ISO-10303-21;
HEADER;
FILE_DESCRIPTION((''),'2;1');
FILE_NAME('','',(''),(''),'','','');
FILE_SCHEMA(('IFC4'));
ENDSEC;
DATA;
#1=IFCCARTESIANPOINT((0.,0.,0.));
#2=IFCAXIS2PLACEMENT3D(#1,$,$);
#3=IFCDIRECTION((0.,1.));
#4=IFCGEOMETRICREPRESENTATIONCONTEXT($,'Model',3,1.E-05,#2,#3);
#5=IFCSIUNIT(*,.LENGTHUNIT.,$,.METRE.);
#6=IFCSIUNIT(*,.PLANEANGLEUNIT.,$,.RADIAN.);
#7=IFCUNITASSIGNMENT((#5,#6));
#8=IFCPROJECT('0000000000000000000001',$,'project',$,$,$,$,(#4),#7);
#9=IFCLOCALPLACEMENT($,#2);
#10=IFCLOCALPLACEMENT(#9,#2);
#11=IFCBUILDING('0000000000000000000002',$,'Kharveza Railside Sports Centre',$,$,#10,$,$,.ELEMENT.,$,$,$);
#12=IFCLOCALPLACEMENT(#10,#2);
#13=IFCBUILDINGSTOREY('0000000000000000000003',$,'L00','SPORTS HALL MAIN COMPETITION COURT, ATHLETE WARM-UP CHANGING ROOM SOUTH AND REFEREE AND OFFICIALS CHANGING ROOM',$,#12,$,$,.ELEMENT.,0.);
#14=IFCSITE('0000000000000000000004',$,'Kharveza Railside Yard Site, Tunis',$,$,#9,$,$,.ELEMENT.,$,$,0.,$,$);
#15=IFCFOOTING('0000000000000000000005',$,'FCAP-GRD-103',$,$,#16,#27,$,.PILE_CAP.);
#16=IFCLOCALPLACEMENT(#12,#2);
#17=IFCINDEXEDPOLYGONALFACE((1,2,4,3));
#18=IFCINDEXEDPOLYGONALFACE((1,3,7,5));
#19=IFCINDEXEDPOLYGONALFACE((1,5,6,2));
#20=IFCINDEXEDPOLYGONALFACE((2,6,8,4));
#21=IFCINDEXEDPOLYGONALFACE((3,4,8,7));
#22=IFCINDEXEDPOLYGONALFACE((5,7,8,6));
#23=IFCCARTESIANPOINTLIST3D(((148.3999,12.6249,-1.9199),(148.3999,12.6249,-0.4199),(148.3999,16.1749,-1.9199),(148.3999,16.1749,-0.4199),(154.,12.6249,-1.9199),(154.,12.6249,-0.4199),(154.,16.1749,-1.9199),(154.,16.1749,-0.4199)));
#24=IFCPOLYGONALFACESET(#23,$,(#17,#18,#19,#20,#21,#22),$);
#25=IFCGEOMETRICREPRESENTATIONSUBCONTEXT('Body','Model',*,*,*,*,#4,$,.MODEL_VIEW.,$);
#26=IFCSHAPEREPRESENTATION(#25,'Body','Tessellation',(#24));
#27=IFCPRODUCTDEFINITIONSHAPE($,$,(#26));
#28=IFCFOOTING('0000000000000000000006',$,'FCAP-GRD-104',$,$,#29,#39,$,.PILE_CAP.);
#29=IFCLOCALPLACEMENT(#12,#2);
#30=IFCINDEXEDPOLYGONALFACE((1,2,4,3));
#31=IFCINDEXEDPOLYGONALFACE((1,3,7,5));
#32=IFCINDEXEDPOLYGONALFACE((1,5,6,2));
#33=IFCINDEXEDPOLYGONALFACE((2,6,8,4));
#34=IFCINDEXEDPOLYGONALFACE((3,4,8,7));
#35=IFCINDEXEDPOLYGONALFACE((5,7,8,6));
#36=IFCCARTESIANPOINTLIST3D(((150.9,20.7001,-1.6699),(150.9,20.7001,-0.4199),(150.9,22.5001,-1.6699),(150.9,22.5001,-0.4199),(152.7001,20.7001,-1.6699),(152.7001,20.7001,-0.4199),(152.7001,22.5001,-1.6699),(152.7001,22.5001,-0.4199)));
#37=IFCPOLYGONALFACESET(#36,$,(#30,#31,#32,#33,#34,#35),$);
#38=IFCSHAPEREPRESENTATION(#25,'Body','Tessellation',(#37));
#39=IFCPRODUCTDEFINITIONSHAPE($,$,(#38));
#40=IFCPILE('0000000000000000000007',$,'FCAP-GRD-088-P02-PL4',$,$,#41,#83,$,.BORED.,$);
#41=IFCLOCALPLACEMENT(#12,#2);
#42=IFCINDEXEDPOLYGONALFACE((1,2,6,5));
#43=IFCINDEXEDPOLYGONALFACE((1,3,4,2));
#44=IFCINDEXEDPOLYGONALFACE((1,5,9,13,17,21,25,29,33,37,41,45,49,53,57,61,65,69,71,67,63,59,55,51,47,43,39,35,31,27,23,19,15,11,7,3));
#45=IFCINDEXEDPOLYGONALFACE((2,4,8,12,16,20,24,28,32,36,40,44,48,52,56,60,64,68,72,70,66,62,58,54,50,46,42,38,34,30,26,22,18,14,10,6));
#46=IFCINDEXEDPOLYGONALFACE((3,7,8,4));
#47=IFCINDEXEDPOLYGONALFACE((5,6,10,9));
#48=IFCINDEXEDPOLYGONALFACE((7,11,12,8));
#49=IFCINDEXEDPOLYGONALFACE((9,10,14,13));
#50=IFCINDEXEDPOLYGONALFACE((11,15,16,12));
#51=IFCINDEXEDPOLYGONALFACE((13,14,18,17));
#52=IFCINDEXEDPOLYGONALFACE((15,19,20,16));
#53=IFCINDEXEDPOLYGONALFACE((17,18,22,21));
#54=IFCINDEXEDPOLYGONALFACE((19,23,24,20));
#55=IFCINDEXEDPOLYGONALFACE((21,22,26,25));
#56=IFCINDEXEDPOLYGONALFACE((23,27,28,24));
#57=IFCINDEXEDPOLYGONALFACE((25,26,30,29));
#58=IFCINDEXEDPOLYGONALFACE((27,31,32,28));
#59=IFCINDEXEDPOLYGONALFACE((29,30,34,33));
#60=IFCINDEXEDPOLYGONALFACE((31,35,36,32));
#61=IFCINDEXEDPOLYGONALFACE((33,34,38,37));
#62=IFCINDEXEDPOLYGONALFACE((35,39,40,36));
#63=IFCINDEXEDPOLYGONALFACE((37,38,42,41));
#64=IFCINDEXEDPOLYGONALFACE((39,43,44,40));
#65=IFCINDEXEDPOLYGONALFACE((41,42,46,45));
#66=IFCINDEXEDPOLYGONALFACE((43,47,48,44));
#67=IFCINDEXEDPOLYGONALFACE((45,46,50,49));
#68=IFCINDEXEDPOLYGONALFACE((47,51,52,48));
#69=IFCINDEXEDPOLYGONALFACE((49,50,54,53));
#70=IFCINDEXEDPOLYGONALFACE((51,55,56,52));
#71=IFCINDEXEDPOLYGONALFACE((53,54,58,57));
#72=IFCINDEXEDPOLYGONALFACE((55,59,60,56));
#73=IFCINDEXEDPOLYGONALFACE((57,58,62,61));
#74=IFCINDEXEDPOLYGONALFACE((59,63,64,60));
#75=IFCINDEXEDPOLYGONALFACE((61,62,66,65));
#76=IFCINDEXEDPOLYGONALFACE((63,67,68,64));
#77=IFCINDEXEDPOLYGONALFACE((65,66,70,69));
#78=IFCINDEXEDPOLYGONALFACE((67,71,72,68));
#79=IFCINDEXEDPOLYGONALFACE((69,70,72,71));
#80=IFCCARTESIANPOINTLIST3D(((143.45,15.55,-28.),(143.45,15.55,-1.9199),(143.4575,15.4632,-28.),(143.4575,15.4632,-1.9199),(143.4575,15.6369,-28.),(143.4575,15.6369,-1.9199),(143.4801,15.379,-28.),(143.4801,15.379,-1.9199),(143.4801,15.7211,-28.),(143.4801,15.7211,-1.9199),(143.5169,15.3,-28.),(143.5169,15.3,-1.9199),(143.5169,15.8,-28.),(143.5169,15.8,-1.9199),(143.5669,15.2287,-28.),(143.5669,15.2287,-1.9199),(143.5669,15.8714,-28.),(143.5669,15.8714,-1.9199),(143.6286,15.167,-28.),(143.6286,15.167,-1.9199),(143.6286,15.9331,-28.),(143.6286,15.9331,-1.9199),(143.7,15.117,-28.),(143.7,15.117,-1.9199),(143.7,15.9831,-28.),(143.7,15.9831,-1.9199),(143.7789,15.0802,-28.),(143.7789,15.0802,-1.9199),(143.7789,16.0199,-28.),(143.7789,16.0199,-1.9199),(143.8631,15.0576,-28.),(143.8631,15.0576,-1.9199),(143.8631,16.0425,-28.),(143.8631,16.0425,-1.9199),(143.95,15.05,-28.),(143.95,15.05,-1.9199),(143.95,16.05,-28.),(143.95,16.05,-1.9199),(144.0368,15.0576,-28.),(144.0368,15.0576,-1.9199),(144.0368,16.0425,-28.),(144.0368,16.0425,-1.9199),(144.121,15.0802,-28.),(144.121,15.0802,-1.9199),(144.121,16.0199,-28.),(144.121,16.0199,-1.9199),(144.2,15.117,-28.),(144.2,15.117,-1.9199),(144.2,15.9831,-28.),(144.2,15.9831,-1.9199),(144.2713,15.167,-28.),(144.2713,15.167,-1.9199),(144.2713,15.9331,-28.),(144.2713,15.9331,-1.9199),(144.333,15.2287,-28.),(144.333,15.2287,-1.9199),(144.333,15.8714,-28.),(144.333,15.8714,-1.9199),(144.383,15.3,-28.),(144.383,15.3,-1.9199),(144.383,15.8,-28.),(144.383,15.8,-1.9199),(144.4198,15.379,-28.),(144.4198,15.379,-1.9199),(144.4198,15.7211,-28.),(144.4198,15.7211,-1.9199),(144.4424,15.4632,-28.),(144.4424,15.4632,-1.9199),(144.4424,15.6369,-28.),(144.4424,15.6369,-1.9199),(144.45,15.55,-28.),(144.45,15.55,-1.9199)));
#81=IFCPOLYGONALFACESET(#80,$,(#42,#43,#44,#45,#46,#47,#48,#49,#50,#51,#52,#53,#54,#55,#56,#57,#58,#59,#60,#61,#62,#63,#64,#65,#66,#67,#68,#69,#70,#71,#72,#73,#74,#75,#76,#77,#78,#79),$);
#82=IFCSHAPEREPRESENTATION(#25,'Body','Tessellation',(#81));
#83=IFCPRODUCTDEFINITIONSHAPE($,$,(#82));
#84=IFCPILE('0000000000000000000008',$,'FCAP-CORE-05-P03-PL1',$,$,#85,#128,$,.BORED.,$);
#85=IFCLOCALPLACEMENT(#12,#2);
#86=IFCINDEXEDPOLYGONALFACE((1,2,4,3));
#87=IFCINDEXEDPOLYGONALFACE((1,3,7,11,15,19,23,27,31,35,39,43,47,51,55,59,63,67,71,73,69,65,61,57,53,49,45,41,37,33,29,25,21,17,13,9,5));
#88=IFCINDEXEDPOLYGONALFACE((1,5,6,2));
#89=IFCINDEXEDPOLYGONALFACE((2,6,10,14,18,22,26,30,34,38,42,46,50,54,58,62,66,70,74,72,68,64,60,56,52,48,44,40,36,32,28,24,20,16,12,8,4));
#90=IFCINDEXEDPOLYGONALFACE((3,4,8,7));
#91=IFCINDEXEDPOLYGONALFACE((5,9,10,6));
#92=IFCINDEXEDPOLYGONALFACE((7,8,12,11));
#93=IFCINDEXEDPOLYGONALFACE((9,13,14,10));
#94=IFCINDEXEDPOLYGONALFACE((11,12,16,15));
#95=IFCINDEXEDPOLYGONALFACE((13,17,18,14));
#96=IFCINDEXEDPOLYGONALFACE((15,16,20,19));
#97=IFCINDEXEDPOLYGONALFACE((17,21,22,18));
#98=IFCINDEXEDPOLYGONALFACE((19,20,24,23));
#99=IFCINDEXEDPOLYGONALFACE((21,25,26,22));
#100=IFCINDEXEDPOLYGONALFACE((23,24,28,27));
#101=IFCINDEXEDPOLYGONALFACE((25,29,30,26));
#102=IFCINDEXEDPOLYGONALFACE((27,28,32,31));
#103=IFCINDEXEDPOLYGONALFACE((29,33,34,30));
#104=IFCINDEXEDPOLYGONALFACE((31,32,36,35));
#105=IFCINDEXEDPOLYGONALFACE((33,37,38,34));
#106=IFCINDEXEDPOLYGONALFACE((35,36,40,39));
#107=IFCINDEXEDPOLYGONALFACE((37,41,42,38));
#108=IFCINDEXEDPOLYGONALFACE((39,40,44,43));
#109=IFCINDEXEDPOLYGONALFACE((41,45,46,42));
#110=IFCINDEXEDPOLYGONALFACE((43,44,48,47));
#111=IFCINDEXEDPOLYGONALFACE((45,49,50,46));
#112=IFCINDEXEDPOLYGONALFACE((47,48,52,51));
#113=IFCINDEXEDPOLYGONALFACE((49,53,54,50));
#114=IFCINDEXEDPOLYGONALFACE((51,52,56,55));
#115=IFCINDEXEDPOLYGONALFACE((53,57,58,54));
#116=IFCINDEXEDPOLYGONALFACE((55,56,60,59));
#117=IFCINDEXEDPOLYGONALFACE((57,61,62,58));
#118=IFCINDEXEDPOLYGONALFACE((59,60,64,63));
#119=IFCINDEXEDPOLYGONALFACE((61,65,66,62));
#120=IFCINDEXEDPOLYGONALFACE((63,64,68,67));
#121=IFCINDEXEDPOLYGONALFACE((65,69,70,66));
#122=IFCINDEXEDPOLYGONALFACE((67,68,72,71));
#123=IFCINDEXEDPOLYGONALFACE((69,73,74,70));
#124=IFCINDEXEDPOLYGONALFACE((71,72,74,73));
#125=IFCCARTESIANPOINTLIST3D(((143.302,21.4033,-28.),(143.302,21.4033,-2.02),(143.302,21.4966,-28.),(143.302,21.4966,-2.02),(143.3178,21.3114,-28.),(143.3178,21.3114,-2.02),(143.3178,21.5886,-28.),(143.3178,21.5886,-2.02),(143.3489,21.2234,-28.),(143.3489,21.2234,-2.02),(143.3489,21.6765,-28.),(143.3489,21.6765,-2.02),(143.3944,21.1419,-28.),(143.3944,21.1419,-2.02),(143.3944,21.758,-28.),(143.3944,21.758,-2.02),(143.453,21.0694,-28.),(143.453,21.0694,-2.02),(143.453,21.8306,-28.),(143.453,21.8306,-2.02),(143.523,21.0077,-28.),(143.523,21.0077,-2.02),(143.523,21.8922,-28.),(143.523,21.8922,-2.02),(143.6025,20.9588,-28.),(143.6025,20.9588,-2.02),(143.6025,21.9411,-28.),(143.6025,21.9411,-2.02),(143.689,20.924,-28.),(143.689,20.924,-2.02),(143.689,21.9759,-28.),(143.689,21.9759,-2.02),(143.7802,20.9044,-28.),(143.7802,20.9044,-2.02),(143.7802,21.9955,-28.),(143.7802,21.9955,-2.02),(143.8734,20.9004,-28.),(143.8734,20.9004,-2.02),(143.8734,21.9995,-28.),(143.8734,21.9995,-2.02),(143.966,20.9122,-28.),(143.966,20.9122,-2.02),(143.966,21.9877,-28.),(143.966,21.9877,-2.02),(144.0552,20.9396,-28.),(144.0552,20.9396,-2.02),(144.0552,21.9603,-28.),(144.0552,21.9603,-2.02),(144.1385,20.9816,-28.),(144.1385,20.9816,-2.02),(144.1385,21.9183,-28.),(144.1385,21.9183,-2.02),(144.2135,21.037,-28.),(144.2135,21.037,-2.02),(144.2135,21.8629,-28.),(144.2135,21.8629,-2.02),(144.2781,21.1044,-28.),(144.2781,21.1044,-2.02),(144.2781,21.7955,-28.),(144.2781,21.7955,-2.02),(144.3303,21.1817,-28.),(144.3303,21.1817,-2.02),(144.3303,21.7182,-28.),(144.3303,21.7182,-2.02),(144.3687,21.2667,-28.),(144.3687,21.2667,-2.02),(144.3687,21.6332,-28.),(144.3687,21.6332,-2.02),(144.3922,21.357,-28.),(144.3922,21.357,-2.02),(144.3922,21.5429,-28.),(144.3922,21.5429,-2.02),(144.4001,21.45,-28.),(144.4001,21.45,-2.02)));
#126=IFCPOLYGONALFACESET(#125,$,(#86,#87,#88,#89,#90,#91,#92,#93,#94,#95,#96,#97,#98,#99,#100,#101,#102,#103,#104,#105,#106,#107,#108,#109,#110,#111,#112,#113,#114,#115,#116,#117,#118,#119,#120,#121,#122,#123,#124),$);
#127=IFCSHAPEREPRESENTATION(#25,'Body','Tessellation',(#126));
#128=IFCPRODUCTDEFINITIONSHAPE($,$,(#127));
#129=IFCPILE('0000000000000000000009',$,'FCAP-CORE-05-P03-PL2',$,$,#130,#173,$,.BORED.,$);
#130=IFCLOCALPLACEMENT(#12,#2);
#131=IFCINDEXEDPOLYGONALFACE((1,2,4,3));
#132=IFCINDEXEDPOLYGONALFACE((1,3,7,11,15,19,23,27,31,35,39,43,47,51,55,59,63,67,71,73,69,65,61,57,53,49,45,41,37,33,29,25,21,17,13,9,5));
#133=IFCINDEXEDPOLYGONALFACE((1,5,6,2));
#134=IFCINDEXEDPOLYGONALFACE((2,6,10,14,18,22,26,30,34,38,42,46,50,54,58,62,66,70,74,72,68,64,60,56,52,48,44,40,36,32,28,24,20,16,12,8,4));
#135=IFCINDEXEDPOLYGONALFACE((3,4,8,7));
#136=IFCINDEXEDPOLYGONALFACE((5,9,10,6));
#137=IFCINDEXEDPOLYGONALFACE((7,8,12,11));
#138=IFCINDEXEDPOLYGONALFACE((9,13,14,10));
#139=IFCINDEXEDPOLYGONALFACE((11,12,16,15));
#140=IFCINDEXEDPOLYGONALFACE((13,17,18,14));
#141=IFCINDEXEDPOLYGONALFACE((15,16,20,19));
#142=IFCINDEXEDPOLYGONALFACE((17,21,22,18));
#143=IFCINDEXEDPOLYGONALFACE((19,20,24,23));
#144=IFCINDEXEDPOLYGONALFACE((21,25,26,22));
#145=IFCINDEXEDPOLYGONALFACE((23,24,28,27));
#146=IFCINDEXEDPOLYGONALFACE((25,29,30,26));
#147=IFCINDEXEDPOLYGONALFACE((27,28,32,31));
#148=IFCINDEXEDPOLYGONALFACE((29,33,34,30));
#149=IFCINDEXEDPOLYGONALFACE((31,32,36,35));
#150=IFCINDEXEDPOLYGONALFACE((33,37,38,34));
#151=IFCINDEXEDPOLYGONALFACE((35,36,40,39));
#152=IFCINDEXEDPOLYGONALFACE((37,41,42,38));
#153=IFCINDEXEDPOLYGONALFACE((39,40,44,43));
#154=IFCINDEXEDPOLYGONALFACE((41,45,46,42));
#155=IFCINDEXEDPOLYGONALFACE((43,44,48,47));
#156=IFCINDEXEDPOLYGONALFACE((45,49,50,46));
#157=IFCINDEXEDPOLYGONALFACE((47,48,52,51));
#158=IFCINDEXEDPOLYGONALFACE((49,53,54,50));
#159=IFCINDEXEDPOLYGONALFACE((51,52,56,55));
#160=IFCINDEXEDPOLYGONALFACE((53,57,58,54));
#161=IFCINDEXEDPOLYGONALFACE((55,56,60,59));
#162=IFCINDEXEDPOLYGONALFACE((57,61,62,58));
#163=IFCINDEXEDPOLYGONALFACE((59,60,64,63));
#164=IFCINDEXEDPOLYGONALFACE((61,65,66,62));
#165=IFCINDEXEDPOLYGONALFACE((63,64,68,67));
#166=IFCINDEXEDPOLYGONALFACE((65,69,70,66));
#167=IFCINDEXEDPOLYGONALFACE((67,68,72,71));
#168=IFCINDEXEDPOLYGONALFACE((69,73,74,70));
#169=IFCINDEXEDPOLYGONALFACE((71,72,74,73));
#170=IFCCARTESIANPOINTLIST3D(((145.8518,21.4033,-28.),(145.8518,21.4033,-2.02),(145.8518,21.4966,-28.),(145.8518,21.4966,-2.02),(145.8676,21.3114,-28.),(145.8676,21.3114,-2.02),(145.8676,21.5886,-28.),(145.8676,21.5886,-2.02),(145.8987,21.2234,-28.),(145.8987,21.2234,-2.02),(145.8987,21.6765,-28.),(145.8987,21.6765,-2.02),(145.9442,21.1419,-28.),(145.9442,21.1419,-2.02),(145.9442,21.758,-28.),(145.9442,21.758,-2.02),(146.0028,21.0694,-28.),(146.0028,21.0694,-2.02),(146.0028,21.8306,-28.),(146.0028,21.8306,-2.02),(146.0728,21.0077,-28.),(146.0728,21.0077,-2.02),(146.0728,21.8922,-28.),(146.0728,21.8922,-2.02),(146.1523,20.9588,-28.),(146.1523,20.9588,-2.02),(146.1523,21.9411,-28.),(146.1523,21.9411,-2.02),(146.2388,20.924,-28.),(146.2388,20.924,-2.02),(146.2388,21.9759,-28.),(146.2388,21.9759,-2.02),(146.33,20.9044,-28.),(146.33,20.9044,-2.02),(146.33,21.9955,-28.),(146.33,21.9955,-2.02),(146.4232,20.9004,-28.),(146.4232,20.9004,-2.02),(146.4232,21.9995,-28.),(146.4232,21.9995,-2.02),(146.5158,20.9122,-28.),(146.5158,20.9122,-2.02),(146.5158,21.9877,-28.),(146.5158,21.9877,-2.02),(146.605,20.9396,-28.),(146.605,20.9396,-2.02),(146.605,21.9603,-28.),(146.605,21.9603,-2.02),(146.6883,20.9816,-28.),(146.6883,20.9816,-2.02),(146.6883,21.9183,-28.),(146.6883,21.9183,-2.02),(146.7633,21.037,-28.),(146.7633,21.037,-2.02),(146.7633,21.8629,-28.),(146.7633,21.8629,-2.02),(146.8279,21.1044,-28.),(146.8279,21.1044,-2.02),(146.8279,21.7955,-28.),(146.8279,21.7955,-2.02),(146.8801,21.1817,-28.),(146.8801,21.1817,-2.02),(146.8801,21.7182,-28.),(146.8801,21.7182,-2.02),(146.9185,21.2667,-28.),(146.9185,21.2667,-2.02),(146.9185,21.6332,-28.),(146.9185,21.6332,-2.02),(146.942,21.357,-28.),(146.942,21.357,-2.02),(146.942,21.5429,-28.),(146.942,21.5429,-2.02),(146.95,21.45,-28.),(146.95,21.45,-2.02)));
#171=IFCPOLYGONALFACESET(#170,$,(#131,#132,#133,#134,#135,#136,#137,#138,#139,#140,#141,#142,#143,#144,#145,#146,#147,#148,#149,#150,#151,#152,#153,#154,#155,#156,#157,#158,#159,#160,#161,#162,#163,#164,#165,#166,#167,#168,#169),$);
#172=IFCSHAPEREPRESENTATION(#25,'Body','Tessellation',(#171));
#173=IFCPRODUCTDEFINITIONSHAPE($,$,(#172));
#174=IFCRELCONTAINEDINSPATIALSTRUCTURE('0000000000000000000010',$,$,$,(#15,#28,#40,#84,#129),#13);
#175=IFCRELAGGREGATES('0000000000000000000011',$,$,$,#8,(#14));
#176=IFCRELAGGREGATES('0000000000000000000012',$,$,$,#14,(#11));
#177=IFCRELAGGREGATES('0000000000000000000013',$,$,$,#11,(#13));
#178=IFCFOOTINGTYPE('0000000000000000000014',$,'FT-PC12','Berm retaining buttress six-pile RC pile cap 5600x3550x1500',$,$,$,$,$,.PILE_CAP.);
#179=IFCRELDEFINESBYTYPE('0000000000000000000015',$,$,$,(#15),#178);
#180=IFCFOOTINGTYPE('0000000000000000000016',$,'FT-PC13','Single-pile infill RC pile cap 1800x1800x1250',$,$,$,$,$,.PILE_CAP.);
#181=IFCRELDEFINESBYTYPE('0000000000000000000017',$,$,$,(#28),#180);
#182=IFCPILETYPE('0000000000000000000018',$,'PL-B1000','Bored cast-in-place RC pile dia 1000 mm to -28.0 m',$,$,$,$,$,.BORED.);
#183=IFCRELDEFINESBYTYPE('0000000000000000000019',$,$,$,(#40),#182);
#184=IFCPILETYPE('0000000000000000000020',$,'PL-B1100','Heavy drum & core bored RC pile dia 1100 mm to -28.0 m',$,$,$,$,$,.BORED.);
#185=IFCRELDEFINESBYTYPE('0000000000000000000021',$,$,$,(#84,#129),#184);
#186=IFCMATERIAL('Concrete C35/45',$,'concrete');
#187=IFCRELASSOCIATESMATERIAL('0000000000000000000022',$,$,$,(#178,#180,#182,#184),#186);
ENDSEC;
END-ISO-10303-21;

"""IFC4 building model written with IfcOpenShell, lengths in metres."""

from ifc_helpers import new_model, si_unit, direction, frame, origin, origin_2d, place, context, subcontext, project, spatial, rectangle, circle, extrude, material, material_profile, profile_set, type_object, element, save


model = new_model("IFC4")

# Units and contexts
model_context = context("Model", 3, precision=1e-05, world=origin(), true_north=direction((0.0, 1.0)))
body_context = subcontext(model_context, "Body", "Model", "MODEL_VIEW")
ifc_project = project(units=[si_unit("LENGTHUNIT", "METRE"), si_unit("PLANEANGLEUNIT", "RADIAN")], contexts=[model_context])

# Site, building, storey
site_placement = place(None, origin())
site = spatial("IfcSite", under=ifc_project, at=site_placement, Name="Kharveza Railside Yard Site, Tunis", CompositionType="ELEMENT", RefElevation=0.0)
building_placement = place(site_placement, origin())
building = spatial("IfcBuilding", under=site, at=building_placement, Name="Kharveza Railside Sports Centre", CompositionType="ELEMENT")
storey_placement = place(building_placement, origin())
storey = spatial("IfcBuildingStorey", under=building, at=storey_placement, Name="L00", Description="SPORTS HALL MAIN COMPETITION COURT, ATHLETE WARM-UP CHANGING ROOM SOUTH AND REFEREE AND OFFICIALS CHANGING ROOM", CompositionType="ELEMENT", Elevation=0.0)

# Footings
ifc_material_1 = material(Name="Concrete C35/45", Category="concrete")
footing_type_1 = type_object("IfcFootingType", Name="FT-PC12", Description="Berm retaining buttress six-pile RC pile cap 5600x3550x1500", PredefinedType="PILE_CAP", material=ifc_material_1)
footing_1_placement = place(storey_placement, frame((151.2, 14.3999, -1.9199), z_axis=(0.0, 0.0, 1.0), x_axis=(1.0, 0.0, 0.0)))
element("IfcFooting", 1, at=footing_1_placement, inside=storey, type_object=footing_type_1, Name="FCAP-GRD-103", PredefinedType="PILE_CAP", context=body_context, shape_type="SweptSolid", body=[
    extrude(rectangle(XDim=5.6001, YDim=3.55, at=origin_2d()), origin(), (0.0, 0.0, 1.0), 1.5),
])
footing_type_2 = type_object("IfcFootingType", Name="FT-PC13", Description="Single-pile infill RC pile cap 1800x1800x1250", PredefinedType="PILE_CAP", material=ifc_material_1)
footing_2_placement = place(storey_placement, frame((151.8, 21.6001, -1.6699), z_axis=(0.0, 0.0, 1.0), x_axis=(1.0, 0.0, 0.0)))
element("IfcFooting", 2, at=footing_2_placement, inside=storey, type_object=footing_type_2, Name="FCAP-GRD-104", PredefinedType="PILE_CAP", context=body_context, shape_type="SweptSolid", body=[
    extrude(rectangle(XDim=1.8, YDim=1.8, at=origin_2d()), origin(), (0.0, 0.0, 1.0), 1.25),
])

# Piles
ifc_material_profile_1 = material_profile(ifc_material_1, circle(Radius=0.5, at=origin_2d()), Name="PILE D1000")
ifc_profile_set_1 = profile_set([ifc_material_profile_1], Name="Concrete C35/45")
pile_type_1 = type_object("IfcPileType", Name="PL-B1000", Description="Bored cast-in-place RC pile dia 1000 mm to -28.0 m", PredefinedType="BORED", material=ifc_profile_set_1)
pile_1_placement = place(storey_placement, frame((143.95, 15.55, -1.9199), z_axis=(0.0, 0.0, -1.0), x_axis=(1.0, 0.0, 0.0)))
element("IfcPile", 3, at=pile_1_placement, inside=storey, type_object=pile_type_1, Name="FCAP-GRD-088-P02-PL4", PredefinedType="BORED", context=body_context, shape_type="SweptSolid", body=[
    extrude(circle(Radius=0.5, at=origin_2d()), origin(), (0.0, 0.0, 1.0), 26.0801),
])
ifc_material_profile_2 = material_profile(ifc_material_1, circle(Radius=0.55, at=origin_2d()), Name="PILE D1100")
ifc_profile_set_2 = profile_set([ifc_material_profile_2], Name="Concrete C35/45")
pile_type_2 = type_object("IfcPileType", Name="PL-B1100", Description="Heavy drum & core bored RC pile dia 1100 mm to -28.0 m", PredefinedType="BORED", material=ifc_profile_set_2)
for number, where, z_axis, x_axis, name in (
    (4, (143.8501, 21.45, -2.02), (0.0, 0.0, -1.0), (1.0, 0.0, 0.0), "FCAP-CORE-05-P03-PL1"),
    (5, (146.3999, 21.45, -2.02), (0.0, 0.0, -1.0), (1.0, 0.0, 0.0), "FCAP-CORE-05-P03-PL2"),
):
    element("IfcPile", number, at=place(storey_placement, frame(where, z_axis=z_axis, x_axis=x_axis)), inside=storey, type_object=pile_type_2, Name=name, PredefinedType="BORED", context=body_context, shape_type="SweptSolid", body=[
        extrude(circle(Radius=0.55, at=origin_2d()), origin(), (0.0, 0.0, 1.0), 25.98),
    ])

save(model, "model.ifc")
